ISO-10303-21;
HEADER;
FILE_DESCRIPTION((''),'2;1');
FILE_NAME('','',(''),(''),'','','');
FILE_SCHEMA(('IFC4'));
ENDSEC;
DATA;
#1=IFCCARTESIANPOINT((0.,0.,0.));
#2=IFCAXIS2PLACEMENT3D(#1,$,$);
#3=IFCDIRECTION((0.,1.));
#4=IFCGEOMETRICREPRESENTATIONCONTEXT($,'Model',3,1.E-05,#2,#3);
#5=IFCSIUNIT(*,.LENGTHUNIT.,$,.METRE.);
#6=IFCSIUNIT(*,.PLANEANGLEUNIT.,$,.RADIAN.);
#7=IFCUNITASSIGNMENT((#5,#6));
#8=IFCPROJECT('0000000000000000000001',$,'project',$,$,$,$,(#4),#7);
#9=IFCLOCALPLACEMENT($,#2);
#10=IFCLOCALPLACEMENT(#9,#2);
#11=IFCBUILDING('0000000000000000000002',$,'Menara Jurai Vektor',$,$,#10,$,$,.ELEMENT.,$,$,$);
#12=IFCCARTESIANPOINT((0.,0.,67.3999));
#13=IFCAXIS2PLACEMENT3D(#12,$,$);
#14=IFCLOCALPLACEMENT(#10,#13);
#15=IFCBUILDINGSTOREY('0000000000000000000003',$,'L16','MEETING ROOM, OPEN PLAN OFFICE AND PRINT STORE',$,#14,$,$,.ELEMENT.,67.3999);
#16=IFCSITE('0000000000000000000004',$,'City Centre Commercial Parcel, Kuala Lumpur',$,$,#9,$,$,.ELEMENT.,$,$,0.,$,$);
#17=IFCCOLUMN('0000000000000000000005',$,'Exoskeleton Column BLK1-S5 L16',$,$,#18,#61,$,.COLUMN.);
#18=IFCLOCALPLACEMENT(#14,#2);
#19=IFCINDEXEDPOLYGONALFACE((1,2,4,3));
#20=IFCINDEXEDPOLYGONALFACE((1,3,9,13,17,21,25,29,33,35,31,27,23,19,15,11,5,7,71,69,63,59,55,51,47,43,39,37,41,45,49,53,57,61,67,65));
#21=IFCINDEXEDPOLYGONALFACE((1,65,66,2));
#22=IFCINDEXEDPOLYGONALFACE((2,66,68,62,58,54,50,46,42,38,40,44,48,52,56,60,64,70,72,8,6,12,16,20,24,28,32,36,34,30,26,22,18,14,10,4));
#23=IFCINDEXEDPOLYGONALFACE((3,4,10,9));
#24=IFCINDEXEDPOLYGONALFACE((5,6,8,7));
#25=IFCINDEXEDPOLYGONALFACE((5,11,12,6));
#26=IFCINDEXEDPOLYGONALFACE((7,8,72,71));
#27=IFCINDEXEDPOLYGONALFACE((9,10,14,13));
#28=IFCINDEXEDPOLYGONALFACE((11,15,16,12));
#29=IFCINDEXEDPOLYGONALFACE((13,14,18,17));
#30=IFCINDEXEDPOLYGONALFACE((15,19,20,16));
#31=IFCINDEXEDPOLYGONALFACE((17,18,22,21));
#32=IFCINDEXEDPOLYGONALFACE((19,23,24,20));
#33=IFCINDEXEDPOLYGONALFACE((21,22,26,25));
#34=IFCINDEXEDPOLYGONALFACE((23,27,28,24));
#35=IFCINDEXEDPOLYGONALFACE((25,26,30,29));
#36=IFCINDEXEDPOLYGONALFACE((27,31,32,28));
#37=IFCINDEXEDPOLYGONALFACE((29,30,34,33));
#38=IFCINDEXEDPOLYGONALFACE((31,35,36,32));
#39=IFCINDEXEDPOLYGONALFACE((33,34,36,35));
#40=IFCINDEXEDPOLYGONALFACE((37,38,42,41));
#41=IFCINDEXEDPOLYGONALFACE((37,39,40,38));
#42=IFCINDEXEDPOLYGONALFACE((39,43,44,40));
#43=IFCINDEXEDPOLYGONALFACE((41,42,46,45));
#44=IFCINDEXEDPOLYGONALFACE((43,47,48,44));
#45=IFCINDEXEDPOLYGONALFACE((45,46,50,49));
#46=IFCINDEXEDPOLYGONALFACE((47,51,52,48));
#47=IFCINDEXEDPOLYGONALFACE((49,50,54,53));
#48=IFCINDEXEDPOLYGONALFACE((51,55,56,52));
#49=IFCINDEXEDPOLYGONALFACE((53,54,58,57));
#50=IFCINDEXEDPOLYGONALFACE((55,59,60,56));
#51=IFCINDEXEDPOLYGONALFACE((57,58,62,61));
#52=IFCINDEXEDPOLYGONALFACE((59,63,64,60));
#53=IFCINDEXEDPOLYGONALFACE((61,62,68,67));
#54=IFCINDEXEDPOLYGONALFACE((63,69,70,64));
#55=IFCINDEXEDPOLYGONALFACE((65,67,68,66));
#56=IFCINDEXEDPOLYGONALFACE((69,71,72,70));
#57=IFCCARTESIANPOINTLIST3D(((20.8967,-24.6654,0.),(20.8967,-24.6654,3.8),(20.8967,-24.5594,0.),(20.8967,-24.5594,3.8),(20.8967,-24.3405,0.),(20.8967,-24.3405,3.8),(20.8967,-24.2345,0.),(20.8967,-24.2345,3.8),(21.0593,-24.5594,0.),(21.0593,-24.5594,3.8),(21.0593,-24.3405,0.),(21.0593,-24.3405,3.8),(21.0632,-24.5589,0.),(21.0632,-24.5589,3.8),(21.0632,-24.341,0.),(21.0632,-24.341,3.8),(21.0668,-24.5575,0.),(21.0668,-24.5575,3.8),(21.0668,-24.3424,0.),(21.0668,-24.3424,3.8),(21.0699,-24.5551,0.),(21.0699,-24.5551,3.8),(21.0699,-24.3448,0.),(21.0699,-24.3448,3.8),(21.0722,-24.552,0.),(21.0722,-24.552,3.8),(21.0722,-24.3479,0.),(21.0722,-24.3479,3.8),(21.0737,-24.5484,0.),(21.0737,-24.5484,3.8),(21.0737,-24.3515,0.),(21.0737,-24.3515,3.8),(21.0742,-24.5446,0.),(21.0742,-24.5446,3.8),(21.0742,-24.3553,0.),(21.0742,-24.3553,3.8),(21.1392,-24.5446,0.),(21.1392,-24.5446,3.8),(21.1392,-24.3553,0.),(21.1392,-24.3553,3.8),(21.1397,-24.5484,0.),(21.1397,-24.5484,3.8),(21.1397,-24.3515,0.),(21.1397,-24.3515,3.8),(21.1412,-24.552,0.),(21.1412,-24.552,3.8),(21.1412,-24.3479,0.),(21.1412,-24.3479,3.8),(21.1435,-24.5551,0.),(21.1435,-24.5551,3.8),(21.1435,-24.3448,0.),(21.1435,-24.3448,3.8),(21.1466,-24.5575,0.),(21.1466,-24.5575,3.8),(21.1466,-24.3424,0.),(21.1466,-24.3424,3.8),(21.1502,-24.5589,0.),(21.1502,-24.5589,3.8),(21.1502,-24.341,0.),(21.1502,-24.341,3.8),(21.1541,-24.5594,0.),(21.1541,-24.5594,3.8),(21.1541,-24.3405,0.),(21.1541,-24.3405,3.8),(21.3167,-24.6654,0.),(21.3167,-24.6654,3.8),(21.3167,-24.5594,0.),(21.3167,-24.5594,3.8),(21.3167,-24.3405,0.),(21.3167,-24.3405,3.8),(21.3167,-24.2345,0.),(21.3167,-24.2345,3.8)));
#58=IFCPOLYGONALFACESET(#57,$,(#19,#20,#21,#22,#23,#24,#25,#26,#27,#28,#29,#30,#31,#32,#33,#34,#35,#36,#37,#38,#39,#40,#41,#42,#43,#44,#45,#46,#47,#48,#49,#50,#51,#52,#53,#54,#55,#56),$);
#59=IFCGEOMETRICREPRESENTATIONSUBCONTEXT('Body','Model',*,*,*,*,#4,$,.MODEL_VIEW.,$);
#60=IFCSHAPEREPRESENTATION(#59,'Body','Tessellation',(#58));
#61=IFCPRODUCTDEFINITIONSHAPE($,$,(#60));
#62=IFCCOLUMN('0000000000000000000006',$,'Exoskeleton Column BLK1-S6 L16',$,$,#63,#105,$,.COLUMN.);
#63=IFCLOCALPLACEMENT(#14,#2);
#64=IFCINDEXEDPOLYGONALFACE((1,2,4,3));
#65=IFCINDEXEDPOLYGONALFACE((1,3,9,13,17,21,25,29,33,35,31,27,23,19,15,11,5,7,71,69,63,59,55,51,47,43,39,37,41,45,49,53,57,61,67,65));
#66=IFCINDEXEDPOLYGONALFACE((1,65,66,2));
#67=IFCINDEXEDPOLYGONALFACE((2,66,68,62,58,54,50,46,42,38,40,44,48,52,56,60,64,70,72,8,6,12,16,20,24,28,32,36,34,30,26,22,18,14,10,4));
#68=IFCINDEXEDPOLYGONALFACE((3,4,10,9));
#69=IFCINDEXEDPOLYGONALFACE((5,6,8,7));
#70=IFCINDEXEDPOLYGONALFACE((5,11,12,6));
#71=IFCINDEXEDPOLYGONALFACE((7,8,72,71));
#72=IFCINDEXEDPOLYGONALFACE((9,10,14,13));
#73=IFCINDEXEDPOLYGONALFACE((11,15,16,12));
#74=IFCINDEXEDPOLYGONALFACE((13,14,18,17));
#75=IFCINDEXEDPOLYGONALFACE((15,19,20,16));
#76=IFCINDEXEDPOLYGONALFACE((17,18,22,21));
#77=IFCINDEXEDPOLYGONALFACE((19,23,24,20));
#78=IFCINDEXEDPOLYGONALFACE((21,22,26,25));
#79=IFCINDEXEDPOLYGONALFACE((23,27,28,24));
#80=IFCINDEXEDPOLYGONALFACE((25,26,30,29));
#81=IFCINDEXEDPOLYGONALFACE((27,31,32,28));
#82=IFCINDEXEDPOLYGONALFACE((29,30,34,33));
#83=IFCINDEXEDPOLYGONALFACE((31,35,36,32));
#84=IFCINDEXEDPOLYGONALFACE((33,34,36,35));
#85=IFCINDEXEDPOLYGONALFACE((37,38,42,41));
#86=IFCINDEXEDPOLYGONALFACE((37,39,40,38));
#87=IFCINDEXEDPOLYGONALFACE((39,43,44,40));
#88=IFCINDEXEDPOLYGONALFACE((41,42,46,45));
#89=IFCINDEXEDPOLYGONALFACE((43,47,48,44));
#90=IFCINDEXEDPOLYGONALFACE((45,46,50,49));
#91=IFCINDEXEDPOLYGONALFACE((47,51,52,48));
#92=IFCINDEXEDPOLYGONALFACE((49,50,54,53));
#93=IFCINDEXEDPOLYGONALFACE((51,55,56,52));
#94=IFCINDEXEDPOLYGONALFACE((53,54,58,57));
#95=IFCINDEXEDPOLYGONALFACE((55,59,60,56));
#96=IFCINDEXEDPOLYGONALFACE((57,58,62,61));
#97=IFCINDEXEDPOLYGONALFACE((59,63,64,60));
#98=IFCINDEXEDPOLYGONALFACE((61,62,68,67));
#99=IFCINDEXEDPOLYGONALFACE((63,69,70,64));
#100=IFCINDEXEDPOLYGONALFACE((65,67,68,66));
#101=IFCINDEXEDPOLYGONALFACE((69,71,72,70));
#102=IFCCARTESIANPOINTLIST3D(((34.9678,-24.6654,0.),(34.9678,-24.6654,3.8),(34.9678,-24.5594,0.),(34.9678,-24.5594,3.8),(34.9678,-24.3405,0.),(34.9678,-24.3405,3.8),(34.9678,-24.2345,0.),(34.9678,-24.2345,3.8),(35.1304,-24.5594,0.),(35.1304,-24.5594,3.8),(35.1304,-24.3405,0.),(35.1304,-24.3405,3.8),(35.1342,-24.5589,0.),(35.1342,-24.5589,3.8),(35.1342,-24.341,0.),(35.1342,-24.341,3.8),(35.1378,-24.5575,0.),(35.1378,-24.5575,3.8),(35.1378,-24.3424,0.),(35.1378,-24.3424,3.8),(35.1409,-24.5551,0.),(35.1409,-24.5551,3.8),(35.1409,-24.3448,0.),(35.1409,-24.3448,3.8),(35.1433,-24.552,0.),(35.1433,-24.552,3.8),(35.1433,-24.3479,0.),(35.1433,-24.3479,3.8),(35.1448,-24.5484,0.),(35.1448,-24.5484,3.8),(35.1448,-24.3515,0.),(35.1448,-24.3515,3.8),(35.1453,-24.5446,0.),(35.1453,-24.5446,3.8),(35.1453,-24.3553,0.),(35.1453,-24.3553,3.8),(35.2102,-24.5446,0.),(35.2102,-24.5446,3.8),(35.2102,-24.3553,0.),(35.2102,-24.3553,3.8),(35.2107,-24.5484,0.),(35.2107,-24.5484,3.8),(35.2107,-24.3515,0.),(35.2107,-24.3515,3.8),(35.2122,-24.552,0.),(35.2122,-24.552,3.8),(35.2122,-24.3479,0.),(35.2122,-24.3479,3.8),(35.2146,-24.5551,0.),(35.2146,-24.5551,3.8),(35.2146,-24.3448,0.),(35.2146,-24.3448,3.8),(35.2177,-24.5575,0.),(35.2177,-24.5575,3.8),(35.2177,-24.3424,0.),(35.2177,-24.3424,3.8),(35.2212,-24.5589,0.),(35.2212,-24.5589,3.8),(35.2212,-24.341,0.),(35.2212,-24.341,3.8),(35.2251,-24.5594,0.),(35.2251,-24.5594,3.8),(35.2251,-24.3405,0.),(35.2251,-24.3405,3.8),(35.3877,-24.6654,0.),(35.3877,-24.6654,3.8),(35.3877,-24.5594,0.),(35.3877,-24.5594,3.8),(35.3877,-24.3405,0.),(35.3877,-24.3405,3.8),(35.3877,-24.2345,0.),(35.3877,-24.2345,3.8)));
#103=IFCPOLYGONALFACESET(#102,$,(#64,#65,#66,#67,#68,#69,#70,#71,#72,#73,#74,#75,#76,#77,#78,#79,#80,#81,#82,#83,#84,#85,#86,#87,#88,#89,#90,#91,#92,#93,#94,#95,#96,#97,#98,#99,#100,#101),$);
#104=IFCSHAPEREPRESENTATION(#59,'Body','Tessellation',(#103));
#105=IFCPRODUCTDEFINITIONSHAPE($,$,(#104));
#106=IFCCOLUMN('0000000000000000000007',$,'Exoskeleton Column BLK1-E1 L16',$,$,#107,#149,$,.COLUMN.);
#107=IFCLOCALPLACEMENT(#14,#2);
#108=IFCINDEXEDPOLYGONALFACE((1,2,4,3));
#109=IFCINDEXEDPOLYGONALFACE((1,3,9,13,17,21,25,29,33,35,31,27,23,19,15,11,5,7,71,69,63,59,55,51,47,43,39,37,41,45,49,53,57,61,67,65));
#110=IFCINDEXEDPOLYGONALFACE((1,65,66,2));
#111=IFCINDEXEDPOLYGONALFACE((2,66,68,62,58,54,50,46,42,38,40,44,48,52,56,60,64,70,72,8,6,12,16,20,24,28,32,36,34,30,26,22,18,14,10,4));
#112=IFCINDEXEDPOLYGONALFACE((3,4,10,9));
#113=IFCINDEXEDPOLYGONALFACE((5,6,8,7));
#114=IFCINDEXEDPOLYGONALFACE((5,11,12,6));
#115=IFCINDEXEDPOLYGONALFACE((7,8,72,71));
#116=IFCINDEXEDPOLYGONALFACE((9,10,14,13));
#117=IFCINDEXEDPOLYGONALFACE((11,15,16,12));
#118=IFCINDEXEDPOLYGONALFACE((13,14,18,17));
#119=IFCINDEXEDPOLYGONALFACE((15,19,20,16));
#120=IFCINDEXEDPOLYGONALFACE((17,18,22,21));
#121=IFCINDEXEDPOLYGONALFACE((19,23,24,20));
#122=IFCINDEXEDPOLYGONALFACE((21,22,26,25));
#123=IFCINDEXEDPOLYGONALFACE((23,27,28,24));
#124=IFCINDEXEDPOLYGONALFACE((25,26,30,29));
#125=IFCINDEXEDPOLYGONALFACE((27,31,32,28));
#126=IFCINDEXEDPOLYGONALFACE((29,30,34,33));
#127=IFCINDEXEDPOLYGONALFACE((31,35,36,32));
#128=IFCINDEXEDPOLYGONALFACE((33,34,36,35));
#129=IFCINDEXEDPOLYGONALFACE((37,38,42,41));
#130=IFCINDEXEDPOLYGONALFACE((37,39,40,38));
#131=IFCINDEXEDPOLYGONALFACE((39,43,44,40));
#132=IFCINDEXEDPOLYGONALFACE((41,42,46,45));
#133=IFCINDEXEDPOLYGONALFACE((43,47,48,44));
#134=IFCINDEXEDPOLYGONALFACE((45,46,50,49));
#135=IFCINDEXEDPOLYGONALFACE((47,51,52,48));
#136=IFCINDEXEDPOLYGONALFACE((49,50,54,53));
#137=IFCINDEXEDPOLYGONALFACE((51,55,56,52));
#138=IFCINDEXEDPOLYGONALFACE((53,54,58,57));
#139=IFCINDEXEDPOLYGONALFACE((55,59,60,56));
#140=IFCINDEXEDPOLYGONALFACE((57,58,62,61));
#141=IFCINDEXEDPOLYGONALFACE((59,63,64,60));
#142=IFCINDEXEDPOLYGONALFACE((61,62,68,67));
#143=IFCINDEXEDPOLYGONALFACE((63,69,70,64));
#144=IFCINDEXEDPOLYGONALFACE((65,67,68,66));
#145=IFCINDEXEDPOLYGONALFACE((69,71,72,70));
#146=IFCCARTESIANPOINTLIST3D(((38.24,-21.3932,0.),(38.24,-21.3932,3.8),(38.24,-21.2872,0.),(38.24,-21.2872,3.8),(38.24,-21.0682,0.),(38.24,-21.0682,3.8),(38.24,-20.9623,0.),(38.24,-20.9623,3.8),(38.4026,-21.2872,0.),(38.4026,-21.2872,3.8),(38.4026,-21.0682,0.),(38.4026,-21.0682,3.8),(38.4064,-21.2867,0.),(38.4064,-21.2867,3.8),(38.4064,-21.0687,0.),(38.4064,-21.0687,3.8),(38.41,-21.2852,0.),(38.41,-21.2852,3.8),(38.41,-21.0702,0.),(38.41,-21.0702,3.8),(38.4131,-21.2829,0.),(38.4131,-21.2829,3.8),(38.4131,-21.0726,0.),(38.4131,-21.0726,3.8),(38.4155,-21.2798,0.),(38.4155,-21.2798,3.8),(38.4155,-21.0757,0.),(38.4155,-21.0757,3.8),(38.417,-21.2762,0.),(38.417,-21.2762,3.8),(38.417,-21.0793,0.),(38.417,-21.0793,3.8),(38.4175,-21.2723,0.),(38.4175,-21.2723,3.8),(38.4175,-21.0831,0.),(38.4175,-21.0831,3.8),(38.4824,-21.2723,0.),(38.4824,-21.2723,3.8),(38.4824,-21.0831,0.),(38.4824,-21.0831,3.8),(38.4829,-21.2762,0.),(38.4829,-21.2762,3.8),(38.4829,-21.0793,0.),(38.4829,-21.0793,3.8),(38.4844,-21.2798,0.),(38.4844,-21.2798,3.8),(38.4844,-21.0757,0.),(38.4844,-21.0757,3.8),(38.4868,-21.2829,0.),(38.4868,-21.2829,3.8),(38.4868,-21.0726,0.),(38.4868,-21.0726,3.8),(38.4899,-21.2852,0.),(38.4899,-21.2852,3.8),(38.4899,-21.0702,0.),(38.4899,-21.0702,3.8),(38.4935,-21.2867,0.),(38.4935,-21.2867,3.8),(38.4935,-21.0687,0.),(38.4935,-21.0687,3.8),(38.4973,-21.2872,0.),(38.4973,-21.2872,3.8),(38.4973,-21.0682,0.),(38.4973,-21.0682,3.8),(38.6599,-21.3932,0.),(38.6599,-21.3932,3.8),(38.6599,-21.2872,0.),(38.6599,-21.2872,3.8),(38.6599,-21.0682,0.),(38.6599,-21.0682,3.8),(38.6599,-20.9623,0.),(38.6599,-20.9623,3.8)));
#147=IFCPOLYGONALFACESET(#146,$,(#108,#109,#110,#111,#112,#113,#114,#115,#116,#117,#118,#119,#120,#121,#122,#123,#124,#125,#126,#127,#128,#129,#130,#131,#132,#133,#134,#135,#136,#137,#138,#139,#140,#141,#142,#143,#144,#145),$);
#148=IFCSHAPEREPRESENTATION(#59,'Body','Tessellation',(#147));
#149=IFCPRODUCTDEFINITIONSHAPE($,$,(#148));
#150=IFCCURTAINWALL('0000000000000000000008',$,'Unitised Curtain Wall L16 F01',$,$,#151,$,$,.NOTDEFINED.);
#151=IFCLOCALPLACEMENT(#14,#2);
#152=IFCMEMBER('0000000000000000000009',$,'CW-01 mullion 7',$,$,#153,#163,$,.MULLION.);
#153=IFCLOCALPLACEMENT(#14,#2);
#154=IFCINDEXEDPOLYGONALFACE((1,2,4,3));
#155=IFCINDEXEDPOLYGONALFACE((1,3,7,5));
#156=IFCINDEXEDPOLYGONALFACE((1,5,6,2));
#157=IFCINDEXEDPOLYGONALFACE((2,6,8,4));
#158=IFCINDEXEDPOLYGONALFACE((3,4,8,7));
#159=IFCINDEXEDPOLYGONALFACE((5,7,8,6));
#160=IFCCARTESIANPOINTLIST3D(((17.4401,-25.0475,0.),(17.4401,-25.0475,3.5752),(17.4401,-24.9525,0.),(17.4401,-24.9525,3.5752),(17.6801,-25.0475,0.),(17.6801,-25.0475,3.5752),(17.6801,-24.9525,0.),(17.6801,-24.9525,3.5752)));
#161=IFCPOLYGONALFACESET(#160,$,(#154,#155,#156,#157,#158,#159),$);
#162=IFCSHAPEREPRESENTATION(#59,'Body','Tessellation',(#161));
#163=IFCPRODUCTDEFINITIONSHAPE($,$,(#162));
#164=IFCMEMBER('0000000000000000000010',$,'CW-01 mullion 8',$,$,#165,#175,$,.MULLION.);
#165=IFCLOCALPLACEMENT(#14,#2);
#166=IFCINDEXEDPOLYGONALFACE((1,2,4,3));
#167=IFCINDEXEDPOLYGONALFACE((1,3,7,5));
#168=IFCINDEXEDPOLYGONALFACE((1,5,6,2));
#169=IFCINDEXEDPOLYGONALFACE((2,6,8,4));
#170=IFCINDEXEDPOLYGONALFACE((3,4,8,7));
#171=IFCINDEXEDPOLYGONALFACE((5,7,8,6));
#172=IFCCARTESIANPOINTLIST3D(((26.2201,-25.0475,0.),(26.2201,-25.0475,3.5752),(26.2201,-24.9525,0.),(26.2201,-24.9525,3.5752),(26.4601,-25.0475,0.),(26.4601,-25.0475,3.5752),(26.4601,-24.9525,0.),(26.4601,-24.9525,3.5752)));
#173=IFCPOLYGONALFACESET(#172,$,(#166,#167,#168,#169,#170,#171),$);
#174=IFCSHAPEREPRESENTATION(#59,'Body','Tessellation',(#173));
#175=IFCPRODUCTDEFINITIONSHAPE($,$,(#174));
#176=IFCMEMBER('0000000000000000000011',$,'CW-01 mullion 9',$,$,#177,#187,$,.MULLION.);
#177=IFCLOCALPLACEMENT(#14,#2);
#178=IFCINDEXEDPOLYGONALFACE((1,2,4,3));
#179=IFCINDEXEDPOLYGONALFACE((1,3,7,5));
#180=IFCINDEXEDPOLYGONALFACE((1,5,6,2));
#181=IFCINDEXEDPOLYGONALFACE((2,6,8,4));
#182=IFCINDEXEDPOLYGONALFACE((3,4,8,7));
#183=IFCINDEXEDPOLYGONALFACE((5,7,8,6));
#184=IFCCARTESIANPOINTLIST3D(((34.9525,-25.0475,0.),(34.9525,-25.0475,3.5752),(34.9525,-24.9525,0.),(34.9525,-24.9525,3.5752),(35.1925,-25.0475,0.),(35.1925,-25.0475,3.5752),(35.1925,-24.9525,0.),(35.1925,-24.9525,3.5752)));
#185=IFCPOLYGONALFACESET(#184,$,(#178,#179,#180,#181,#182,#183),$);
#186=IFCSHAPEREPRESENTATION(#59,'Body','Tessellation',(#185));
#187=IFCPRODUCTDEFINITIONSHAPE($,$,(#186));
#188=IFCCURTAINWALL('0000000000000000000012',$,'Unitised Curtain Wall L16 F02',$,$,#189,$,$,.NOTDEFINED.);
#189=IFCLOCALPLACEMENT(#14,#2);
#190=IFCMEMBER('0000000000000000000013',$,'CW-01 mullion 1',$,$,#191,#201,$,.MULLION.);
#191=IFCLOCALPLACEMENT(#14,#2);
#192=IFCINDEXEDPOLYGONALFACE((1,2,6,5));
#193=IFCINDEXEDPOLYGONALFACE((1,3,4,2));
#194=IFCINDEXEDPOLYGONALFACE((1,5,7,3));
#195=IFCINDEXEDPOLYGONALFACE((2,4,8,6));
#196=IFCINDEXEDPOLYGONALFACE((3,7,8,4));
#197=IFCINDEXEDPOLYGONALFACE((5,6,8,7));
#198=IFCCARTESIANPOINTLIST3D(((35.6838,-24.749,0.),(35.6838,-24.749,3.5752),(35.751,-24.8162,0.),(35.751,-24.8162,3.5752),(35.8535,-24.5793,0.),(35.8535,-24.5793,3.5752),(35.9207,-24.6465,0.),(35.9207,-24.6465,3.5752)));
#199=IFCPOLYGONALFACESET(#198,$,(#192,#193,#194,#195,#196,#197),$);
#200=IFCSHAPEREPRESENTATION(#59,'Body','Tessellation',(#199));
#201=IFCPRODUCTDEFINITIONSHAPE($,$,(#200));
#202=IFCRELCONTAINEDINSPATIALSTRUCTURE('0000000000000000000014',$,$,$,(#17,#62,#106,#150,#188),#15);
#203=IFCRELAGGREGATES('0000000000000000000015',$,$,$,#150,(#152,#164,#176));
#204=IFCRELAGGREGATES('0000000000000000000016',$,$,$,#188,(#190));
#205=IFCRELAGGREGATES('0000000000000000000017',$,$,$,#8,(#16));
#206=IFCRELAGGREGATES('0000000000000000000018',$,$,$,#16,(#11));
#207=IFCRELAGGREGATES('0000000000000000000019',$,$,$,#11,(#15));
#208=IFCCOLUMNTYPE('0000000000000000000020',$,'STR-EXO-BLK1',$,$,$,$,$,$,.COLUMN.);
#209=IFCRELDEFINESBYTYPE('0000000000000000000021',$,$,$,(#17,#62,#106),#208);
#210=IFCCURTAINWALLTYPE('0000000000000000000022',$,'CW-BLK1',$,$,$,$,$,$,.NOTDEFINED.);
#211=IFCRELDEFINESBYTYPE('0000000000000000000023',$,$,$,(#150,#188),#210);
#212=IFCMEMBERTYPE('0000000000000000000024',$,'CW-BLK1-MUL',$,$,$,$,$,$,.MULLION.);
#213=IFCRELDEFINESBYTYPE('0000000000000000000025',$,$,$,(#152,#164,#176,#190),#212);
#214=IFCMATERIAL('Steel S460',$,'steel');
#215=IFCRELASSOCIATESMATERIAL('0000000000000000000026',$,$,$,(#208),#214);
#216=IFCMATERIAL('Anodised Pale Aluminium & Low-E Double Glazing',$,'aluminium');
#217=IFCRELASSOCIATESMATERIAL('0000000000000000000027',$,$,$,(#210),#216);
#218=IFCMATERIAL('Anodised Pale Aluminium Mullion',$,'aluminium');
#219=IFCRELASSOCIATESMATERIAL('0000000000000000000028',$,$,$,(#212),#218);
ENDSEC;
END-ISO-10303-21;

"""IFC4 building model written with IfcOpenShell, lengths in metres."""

from ifc_helpers import new_model, si_unit, direction, frame, origin, origin_2d, place, context, subcontext, project, spatial, rectangle, i_section, extrude, material, material_profile, profile_set, type_object, element, aggregate, save


model = new_model("IFC4")

# Units and contexts
model_context = context("Model", 3, precision=1e-05, world=origin(), true_north=direction((0.0, 1.0)))
body_context = subcontext(model_context, "Body", "Model", "MODEL_VIEW")
ifc_project = project(units=[si_unit("LENGTHUNIT", "METRE"), si_unit("PLANEANGLEUNIT", "RADIAN")], contexts=[model_context])

# Site, building, storey
site_placement = place(None, origin())
site = spatial("IfcSite", under=ifc_project, at=site_placement, Name="City Centre Commercial Parcel, Kuala Lumpur", CompositionType="ELEMENT", RefElevation=0.0)
building_placement = place(site_placement, origin())
building = spatial("IfcBuilding", under=site, at=building_placement, Name="Menara Jurai Vektor", CompositionType="ELEMENT")
storey_placement = place(building_placement, frame((0.0, 0.0, 67.3999)))
storey = spatial("IfcBuildingStorey", under=building, at=storey_placement, Name="L16", Description="MEETING ROOM, OPEN PLAN OFFICE AND PRINT STORE", CompositionType="ELEMENT", Elevation=67.3999)

# Columns
ifc_material_1 = material(Name="Steel S460", Category="steel")
ifc_material_profile_1 = material_profile(ifc_material_1, i_section(OverallWidth=0.4199, OverallDepth=0.4309, WebThickness=0.0649, FlangeThickness=0.106, FilletRadius=0.0149, at=origin_2d()), Name="HD 400x900")
ifc_profile_set_1 = profile_set([ifc_material_profile_1], Name="Steel S460")
column_type = type_object("IfcColumnType", Name="STR-EXO-BLK1", PredefinedType="COLUMN", material=ifc_profile_set_1)
for number, where, z_axis, x_axis, name in (
    (1, (21.1067, -24.45, 0.0), (0.0, 0.0, 1.0), (1.0, 0.0, 0.0), "Exoskeleton Column BLK1-S5 L16"),
    (2, (35.1777, -24.45, 0.0), (0.0, 0.0, 1.0), (1.0, 0.0, 0.0), "Exoskeleton Column BLK1-S6 L16"),
    (3, (38.45, -21.1777, 0.0), (0.0, 0.0, 1.0), (1.0, 0.0, 0.0), "Exoskeleton Column BLK1-E1 L16"),
):
    element("IfcColumn", number, at=place(storey_placement, frame(where, z_axis=z_axis, x_axis=x_axis)), inside=storey, type_object=column_type, Name=name, PredefinedType="COLUMN", context=body_context, shape_type="SweptSolid", body=[
        extrude(i_section(OverallWidth=0.4199, OverallDepth=0.4309, WebThickness=0.0649, FlangeThickness=0.106, FilletRadius=0.0149, at=origin_2d()), origin(), (0.0, 0.0, 1.0), 3.8),
    ])

# Curtain walls, members
ifc_material_2 = material(Name="Anodised Pale Aluminium & Low-E Double Glazing", Category="aluminium")
curtain_wall_type = type_object("IfcCurtainWallType", Name="CW-BLK1", PredefinedType="NOTDEFINED", material=ifc_material_2)
curtain_wall_1_placement = place(storey_placement, origin())
curtain_wall_1 = element("IfcCurtainWall", 4, at=curtain_wall_1_placement, inside=storey, type_object=curtain_wall_type, Name="Unitised Curtain Wall L16 F01", PredefinedType="NOTDEFINED")
ifc_material_3 = material(Name="Anodised Pale Aluminium Mullion", Category="aluminium")
ifc_material_profile_2 = material_profile(ifc_material_3, rectangle(XDim=0.095, YDim=0.24, at=origin_2d()), Name="ALU MUL 95x240")
ifc_profile_set_2 = profile_set([ifc_material_profile_2], Name="Anodised Pale Aluminium Mullion")
member_type_1 = type_object("IfcMemberType", Name="CW-BLK1-MUL", PredefinedType="MULLION", material=ifc_profile_set_2)
member_1_placement = place(storey_placement, frame((17.5601, -25.0, 0.0), z_axis=(0.0, 0.0, 1.0), x_axis=(0.0, 1.0, 0.0)))
member_1 = element("IfcMember", 5, at=member_1_placement, type_object=member_type_1, Name="CW-01 mullion 7", PredefinedType="MULLION", context=body_context, shape_type="SweptSolid", body=[
    extrude(rectangle(XDim=0.095, YDim=0.24, at=origin_2d()), origin(), (0.0, 0.0, 1.0), 3.5752),
])
member_2_placement = place(storey_placement, frame((26.3401, -25.0, 0.0), z_axis=(0.0, 0.0, 1.0), x_axis=(0.0, 1.0, 0.0)))
member_2 = element("IfcMember", 6, at=member_2_placement, type_object=member_type_1, Name="CW-01 mullion 8", PredefinedType="MULLION", context=body_context, shape_type="SweptSolid", body=[
    extrude(rectangle(XDim=0.095, YDim=0.24, at=origin_2d()), origin(), (0.0, 0.0, 1.0), 3.5752),
])
member_3_placement = place(storey_placement, frame((35.0725, -25.0, 0.0), z_axis=(0.0, 0.0, 1.0), x_axis=(0.0, 1.0, 0.0)))
member_3 = element("IfcMember", 7, at=member_3_placement, type_object=member_type_1, Name="CW-01 mullion 9", PredefinedType="MULLION", context=body_context, shape_type="SweptSolid", body=[
    extrude(rectangle(XDim=0.095, YDim=0.24, at=origin_2d()), origin(), (0.0, 0.0, 1.0), 3.5752),
])
curtain_wall_2_placement = place(storey_placement, origin())
curtain_wall_2 = element("IfcCurtainWall", 8, at=curtain_wall_2_placement, inside=storey, type_object=curtain_wall_type, Name="Unitised Curtain Wall L16 F02", PredefinedType="NOTDEFINED")
member_4_placement = place(storey_placement, frame((35.8022, -24.6978, 0.0), z_axis=(0.0, 0.0, 1.0), x_axis=(-0.707107, 0.707107, 0.0)))
member_4 = element("IfcMember", 9, at=member_4_placement, type_object=member_type_1, Name="CW-01 mullion 1", PredefinedType="MULLION", context=body_context, shape_type="SweptSolid", body=[
    extrude(rectangle(XDim=0.095, YDim=0.24, at=origin_2d()), origin(), (0.0, 0.0, 1.0), 3.5752),
])

aggregate(curtain_wall_1, [member_1, member_2, member_3])
aggregate(curtain_wall_2, [member_4])

save(model, "model.ifc")
